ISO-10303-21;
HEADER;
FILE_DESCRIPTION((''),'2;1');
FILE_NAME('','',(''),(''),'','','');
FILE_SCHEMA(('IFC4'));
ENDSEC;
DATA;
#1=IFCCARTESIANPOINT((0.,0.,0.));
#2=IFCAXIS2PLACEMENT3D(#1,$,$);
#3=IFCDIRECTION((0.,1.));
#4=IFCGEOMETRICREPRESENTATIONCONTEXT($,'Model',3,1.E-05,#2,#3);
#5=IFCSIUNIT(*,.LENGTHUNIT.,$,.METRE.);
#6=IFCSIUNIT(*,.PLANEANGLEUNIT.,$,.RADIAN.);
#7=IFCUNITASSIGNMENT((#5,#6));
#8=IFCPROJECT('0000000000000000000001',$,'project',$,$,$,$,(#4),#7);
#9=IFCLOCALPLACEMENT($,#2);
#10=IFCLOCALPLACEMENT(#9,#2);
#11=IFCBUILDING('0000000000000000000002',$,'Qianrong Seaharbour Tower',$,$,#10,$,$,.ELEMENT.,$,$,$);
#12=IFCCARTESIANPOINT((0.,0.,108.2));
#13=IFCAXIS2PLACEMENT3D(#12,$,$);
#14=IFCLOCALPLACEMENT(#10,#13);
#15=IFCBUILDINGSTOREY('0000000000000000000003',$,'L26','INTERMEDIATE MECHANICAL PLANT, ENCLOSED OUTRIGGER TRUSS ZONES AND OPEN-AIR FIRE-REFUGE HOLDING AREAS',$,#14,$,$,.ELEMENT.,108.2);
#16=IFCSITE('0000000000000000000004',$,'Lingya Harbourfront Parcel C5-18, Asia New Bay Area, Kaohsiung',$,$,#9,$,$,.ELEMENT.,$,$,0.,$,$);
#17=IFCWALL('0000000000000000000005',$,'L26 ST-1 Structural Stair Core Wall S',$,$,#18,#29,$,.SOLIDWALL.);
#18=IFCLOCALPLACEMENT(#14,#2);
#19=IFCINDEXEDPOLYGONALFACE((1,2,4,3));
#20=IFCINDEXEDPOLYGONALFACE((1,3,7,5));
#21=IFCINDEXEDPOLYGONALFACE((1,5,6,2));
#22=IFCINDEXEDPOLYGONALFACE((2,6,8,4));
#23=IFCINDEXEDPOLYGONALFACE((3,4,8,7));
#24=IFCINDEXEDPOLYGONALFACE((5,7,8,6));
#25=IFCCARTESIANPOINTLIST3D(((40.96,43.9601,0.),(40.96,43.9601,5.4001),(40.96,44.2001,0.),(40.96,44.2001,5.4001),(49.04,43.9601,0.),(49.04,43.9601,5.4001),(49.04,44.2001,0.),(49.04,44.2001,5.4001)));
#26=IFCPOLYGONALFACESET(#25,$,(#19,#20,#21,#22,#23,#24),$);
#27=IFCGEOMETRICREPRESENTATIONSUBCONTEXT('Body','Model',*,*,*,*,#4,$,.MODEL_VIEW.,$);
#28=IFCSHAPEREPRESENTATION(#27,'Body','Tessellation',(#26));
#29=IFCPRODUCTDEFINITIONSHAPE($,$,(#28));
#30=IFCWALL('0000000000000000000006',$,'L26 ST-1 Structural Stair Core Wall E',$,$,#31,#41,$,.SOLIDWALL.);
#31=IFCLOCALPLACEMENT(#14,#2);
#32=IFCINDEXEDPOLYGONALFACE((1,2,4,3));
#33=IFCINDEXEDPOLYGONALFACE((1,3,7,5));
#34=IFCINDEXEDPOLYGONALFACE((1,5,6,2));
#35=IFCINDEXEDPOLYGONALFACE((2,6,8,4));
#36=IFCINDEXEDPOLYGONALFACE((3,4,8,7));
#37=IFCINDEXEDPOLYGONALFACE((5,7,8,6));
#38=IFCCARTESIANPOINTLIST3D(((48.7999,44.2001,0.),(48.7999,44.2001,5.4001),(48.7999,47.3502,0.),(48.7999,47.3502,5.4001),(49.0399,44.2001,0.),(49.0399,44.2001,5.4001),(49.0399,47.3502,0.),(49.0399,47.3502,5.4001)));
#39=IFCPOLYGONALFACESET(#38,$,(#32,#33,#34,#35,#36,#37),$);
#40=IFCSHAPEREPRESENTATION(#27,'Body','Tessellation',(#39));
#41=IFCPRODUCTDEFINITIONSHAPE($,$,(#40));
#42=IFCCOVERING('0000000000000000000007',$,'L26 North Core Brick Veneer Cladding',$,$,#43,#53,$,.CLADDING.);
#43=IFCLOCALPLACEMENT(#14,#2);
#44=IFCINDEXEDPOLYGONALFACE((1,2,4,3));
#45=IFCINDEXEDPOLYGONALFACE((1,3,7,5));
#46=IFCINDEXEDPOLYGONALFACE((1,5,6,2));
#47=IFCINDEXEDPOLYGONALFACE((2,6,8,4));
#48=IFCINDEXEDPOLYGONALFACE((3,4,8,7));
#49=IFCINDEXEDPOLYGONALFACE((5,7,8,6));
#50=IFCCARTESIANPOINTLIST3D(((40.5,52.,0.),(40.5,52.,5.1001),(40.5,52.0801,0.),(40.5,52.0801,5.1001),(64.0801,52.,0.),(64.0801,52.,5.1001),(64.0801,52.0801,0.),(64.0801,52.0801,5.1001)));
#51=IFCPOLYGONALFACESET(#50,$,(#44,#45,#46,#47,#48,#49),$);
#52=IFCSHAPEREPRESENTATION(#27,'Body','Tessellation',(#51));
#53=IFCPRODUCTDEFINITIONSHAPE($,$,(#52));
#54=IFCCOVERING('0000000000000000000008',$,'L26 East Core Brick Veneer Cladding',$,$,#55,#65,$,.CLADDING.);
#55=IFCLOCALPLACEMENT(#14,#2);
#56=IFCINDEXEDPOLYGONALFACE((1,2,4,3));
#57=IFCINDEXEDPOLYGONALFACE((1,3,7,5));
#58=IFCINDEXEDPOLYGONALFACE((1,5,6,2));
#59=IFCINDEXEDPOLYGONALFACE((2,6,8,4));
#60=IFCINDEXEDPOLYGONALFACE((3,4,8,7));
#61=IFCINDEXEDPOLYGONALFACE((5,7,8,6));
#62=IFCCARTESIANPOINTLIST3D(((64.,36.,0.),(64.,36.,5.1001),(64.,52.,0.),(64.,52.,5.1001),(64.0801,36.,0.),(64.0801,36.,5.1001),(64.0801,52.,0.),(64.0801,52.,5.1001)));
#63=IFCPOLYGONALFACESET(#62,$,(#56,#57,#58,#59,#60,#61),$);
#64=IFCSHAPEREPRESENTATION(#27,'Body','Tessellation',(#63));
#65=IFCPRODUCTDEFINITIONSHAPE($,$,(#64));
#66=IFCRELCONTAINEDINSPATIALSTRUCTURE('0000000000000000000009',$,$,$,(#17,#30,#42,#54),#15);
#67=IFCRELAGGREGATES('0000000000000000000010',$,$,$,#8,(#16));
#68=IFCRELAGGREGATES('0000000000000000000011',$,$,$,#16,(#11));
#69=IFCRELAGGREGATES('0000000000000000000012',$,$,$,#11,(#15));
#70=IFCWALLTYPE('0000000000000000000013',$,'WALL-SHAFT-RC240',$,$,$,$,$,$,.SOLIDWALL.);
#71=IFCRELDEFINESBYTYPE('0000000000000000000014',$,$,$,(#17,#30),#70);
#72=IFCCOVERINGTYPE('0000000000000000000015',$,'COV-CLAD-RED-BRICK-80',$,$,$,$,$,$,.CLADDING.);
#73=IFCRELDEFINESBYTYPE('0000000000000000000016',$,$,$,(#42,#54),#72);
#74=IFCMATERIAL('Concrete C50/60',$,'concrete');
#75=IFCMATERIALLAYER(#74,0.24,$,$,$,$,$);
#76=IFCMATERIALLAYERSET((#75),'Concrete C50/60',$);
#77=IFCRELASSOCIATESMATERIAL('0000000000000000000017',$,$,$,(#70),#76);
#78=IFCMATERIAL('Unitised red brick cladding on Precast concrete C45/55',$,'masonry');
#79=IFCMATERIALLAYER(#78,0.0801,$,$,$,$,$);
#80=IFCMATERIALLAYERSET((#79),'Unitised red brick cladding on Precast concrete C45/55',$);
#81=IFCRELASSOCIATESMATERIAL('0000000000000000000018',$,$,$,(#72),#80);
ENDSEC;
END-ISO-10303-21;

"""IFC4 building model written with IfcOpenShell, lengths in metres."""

from ifc_helpers import new_model, si_unit, direction, frame, frame_2d, origin, origin_2d, place, context, subcontext, project, spatial, rectangle, extrude, material, layer, layer_set, type_object, element, save


model = new_model("IFC4")

# Units and contexts
model_context = context("Model", 3, precision=1e-05, world=origin(), true_north=direction((0.0, 1.0)))
body_context = subcontext(model_context, "Body", "Model", "MODEL_VIEW")
ifc_project = project(units=[si_unit("LENGTHUNIT", "METRE"), si_unit("PLANEANGLEUNIT", "RADIAN")], contexts=[model_context])

# Site, building, storey
site_placement = place(None, origin())
site = spatial("IfcSite", under=ifc_project, at=site_placement, Name="Lingya Harbourfront Parcel C5-18, Asia New Bay Area, Kaohsiung", CompositionType="ELEMENT", RefElevation=0.0)
building_placement = place(site_placement, origin())
building = spatial("IfcBuilding", under=site, at=building_placement, Name="Qianrong Seaharbour Tower", CompositionType="ELEMENT")
storey_placement = place(building_placement, frame((0.0, 0.0, 108.2)))
storey = spatial("IfcBuildingStorey", under=building, at=storey_placement, Name="L26", Description="INTERMEDIATE MECHANICAL PLANT, ENCLOSED OUTRIGGER TRUSS ZONES AND OPEN-AIR FIRE-REFUGE HOLDING AREAS", CompositionType="ELEMENT", Elevation=108.2)

# Walls
ifc_material_1 = material(Name="Concrete C50/60", Category="concrete")
ifc_layer_1 = layer(ifc_material_1, 0.24)
ifc_layer_set_1 = layer_set([ifc_layer_1], Name="Concrete C50/60")
wall_type_1 = type_object("IfcWallType", Name="WALL-SHAFT-RC240", PredefinedType="SOLIDWALL", material=ifc_layer_set_1)
wall_1_placement = place(storey_placement, frame((49.04, 44.0801, 0.0), z_axis=(0.0, 0.0, 1.0), x_axis=(-1.0, 0.0, 0.0)))
element("IfcWall", 1, at=wall_1_placement, inside=storey, type_object=wall_type_1, Name="L26 ST-1 Structural Stair Core Wall S", PredefinedType="SOLIDWALL", context=body_context, shape_type="SweptSolid", body=[
    extrude(rectangle(XDim=8.0801, YDim=0.24, at=frame_2d((4.04, 0.0))), origin(), (0.0, 0.0, 1.0), 5.4001),
])
wall_2_placement = place(storey_placement, frame((48.9199, 44.2, 0.0), z_axis=(0.0, 0.0, 1.0), x_axis=(0.0, 1.0, 0.0)))
element("IfcWall", 2, at=wall_2_placement, inside=storey, type_object=wall_type_1, Name="L26 ST-1 Structural Stair Core Wall E", PredefinedType="SOLIDWALL", context=body_context, shape_type="SweptSolid", body=[
    extrude(rectangle(XDim=3.1501, YDim=0.24, at=frame_2d((1.5752, 0.0))), origin(), (0.0, 0.0, 1.0), 5.4001),
])

# Coverings
ifc_material_2 = material(Name="Unitised red brick cladding on Precast concrete C45/55", Category="masonry")
ifc_layer_2 = layer(ifc_material_2, 0.0801)
ifc_layer_set_2 = layer_set([ifc_layer_2], Name="Unitised red brick cladding on Precast concrete C45/55")
covering_type = type_object("IfcCoveringType", Name="COV-CLAD-RED-BRICK-80", PredefinedType="CLADDING", material=ifc_layer_set_2)
covering_1_placement = place(storey_placement, frame((52.29, 52.04, 0.0), z_axis=(0.0, 0.0, 1.0), x_axis=(1.0, 0.0, 0.0)))
element("IfcCovering", 3, at=covering_1_placement, inside=storey, type_object=covering_type, Name="L26 North Core Brick Veneer Cladding", PredefinedType="CLADDING", context=body_context, shape_type="SweptSolid", body=[
    extrude(rectangle(XDim=23.5801, YDim=0.0801, at=origin_2d()), origin(), (0.0, 0.0, 1.0), 5.1001),
])
covering_2_placement = place(storey_placement, frame((64.04, 44.0, 0.0), z_axis=(0.0, 0.0, 1.0), x_axis=(1.0, 0.0, 0.0)))
element("IfcCovering", 4, at=covering_2_placement, inside=storey, type_object=covering_type, Name="L26 East Core Brick Veneer Cladding", PredefinedType="CLADDING", context=body_context, shape_type="SweptSolid", body=[
    extrude(rectangle(XDim=0.0801, YDim=16.0, at=origin_2d()), origin(), (0.0, 0.0, 1.0), 5.1001),
])

save(model, "model.ifc")
